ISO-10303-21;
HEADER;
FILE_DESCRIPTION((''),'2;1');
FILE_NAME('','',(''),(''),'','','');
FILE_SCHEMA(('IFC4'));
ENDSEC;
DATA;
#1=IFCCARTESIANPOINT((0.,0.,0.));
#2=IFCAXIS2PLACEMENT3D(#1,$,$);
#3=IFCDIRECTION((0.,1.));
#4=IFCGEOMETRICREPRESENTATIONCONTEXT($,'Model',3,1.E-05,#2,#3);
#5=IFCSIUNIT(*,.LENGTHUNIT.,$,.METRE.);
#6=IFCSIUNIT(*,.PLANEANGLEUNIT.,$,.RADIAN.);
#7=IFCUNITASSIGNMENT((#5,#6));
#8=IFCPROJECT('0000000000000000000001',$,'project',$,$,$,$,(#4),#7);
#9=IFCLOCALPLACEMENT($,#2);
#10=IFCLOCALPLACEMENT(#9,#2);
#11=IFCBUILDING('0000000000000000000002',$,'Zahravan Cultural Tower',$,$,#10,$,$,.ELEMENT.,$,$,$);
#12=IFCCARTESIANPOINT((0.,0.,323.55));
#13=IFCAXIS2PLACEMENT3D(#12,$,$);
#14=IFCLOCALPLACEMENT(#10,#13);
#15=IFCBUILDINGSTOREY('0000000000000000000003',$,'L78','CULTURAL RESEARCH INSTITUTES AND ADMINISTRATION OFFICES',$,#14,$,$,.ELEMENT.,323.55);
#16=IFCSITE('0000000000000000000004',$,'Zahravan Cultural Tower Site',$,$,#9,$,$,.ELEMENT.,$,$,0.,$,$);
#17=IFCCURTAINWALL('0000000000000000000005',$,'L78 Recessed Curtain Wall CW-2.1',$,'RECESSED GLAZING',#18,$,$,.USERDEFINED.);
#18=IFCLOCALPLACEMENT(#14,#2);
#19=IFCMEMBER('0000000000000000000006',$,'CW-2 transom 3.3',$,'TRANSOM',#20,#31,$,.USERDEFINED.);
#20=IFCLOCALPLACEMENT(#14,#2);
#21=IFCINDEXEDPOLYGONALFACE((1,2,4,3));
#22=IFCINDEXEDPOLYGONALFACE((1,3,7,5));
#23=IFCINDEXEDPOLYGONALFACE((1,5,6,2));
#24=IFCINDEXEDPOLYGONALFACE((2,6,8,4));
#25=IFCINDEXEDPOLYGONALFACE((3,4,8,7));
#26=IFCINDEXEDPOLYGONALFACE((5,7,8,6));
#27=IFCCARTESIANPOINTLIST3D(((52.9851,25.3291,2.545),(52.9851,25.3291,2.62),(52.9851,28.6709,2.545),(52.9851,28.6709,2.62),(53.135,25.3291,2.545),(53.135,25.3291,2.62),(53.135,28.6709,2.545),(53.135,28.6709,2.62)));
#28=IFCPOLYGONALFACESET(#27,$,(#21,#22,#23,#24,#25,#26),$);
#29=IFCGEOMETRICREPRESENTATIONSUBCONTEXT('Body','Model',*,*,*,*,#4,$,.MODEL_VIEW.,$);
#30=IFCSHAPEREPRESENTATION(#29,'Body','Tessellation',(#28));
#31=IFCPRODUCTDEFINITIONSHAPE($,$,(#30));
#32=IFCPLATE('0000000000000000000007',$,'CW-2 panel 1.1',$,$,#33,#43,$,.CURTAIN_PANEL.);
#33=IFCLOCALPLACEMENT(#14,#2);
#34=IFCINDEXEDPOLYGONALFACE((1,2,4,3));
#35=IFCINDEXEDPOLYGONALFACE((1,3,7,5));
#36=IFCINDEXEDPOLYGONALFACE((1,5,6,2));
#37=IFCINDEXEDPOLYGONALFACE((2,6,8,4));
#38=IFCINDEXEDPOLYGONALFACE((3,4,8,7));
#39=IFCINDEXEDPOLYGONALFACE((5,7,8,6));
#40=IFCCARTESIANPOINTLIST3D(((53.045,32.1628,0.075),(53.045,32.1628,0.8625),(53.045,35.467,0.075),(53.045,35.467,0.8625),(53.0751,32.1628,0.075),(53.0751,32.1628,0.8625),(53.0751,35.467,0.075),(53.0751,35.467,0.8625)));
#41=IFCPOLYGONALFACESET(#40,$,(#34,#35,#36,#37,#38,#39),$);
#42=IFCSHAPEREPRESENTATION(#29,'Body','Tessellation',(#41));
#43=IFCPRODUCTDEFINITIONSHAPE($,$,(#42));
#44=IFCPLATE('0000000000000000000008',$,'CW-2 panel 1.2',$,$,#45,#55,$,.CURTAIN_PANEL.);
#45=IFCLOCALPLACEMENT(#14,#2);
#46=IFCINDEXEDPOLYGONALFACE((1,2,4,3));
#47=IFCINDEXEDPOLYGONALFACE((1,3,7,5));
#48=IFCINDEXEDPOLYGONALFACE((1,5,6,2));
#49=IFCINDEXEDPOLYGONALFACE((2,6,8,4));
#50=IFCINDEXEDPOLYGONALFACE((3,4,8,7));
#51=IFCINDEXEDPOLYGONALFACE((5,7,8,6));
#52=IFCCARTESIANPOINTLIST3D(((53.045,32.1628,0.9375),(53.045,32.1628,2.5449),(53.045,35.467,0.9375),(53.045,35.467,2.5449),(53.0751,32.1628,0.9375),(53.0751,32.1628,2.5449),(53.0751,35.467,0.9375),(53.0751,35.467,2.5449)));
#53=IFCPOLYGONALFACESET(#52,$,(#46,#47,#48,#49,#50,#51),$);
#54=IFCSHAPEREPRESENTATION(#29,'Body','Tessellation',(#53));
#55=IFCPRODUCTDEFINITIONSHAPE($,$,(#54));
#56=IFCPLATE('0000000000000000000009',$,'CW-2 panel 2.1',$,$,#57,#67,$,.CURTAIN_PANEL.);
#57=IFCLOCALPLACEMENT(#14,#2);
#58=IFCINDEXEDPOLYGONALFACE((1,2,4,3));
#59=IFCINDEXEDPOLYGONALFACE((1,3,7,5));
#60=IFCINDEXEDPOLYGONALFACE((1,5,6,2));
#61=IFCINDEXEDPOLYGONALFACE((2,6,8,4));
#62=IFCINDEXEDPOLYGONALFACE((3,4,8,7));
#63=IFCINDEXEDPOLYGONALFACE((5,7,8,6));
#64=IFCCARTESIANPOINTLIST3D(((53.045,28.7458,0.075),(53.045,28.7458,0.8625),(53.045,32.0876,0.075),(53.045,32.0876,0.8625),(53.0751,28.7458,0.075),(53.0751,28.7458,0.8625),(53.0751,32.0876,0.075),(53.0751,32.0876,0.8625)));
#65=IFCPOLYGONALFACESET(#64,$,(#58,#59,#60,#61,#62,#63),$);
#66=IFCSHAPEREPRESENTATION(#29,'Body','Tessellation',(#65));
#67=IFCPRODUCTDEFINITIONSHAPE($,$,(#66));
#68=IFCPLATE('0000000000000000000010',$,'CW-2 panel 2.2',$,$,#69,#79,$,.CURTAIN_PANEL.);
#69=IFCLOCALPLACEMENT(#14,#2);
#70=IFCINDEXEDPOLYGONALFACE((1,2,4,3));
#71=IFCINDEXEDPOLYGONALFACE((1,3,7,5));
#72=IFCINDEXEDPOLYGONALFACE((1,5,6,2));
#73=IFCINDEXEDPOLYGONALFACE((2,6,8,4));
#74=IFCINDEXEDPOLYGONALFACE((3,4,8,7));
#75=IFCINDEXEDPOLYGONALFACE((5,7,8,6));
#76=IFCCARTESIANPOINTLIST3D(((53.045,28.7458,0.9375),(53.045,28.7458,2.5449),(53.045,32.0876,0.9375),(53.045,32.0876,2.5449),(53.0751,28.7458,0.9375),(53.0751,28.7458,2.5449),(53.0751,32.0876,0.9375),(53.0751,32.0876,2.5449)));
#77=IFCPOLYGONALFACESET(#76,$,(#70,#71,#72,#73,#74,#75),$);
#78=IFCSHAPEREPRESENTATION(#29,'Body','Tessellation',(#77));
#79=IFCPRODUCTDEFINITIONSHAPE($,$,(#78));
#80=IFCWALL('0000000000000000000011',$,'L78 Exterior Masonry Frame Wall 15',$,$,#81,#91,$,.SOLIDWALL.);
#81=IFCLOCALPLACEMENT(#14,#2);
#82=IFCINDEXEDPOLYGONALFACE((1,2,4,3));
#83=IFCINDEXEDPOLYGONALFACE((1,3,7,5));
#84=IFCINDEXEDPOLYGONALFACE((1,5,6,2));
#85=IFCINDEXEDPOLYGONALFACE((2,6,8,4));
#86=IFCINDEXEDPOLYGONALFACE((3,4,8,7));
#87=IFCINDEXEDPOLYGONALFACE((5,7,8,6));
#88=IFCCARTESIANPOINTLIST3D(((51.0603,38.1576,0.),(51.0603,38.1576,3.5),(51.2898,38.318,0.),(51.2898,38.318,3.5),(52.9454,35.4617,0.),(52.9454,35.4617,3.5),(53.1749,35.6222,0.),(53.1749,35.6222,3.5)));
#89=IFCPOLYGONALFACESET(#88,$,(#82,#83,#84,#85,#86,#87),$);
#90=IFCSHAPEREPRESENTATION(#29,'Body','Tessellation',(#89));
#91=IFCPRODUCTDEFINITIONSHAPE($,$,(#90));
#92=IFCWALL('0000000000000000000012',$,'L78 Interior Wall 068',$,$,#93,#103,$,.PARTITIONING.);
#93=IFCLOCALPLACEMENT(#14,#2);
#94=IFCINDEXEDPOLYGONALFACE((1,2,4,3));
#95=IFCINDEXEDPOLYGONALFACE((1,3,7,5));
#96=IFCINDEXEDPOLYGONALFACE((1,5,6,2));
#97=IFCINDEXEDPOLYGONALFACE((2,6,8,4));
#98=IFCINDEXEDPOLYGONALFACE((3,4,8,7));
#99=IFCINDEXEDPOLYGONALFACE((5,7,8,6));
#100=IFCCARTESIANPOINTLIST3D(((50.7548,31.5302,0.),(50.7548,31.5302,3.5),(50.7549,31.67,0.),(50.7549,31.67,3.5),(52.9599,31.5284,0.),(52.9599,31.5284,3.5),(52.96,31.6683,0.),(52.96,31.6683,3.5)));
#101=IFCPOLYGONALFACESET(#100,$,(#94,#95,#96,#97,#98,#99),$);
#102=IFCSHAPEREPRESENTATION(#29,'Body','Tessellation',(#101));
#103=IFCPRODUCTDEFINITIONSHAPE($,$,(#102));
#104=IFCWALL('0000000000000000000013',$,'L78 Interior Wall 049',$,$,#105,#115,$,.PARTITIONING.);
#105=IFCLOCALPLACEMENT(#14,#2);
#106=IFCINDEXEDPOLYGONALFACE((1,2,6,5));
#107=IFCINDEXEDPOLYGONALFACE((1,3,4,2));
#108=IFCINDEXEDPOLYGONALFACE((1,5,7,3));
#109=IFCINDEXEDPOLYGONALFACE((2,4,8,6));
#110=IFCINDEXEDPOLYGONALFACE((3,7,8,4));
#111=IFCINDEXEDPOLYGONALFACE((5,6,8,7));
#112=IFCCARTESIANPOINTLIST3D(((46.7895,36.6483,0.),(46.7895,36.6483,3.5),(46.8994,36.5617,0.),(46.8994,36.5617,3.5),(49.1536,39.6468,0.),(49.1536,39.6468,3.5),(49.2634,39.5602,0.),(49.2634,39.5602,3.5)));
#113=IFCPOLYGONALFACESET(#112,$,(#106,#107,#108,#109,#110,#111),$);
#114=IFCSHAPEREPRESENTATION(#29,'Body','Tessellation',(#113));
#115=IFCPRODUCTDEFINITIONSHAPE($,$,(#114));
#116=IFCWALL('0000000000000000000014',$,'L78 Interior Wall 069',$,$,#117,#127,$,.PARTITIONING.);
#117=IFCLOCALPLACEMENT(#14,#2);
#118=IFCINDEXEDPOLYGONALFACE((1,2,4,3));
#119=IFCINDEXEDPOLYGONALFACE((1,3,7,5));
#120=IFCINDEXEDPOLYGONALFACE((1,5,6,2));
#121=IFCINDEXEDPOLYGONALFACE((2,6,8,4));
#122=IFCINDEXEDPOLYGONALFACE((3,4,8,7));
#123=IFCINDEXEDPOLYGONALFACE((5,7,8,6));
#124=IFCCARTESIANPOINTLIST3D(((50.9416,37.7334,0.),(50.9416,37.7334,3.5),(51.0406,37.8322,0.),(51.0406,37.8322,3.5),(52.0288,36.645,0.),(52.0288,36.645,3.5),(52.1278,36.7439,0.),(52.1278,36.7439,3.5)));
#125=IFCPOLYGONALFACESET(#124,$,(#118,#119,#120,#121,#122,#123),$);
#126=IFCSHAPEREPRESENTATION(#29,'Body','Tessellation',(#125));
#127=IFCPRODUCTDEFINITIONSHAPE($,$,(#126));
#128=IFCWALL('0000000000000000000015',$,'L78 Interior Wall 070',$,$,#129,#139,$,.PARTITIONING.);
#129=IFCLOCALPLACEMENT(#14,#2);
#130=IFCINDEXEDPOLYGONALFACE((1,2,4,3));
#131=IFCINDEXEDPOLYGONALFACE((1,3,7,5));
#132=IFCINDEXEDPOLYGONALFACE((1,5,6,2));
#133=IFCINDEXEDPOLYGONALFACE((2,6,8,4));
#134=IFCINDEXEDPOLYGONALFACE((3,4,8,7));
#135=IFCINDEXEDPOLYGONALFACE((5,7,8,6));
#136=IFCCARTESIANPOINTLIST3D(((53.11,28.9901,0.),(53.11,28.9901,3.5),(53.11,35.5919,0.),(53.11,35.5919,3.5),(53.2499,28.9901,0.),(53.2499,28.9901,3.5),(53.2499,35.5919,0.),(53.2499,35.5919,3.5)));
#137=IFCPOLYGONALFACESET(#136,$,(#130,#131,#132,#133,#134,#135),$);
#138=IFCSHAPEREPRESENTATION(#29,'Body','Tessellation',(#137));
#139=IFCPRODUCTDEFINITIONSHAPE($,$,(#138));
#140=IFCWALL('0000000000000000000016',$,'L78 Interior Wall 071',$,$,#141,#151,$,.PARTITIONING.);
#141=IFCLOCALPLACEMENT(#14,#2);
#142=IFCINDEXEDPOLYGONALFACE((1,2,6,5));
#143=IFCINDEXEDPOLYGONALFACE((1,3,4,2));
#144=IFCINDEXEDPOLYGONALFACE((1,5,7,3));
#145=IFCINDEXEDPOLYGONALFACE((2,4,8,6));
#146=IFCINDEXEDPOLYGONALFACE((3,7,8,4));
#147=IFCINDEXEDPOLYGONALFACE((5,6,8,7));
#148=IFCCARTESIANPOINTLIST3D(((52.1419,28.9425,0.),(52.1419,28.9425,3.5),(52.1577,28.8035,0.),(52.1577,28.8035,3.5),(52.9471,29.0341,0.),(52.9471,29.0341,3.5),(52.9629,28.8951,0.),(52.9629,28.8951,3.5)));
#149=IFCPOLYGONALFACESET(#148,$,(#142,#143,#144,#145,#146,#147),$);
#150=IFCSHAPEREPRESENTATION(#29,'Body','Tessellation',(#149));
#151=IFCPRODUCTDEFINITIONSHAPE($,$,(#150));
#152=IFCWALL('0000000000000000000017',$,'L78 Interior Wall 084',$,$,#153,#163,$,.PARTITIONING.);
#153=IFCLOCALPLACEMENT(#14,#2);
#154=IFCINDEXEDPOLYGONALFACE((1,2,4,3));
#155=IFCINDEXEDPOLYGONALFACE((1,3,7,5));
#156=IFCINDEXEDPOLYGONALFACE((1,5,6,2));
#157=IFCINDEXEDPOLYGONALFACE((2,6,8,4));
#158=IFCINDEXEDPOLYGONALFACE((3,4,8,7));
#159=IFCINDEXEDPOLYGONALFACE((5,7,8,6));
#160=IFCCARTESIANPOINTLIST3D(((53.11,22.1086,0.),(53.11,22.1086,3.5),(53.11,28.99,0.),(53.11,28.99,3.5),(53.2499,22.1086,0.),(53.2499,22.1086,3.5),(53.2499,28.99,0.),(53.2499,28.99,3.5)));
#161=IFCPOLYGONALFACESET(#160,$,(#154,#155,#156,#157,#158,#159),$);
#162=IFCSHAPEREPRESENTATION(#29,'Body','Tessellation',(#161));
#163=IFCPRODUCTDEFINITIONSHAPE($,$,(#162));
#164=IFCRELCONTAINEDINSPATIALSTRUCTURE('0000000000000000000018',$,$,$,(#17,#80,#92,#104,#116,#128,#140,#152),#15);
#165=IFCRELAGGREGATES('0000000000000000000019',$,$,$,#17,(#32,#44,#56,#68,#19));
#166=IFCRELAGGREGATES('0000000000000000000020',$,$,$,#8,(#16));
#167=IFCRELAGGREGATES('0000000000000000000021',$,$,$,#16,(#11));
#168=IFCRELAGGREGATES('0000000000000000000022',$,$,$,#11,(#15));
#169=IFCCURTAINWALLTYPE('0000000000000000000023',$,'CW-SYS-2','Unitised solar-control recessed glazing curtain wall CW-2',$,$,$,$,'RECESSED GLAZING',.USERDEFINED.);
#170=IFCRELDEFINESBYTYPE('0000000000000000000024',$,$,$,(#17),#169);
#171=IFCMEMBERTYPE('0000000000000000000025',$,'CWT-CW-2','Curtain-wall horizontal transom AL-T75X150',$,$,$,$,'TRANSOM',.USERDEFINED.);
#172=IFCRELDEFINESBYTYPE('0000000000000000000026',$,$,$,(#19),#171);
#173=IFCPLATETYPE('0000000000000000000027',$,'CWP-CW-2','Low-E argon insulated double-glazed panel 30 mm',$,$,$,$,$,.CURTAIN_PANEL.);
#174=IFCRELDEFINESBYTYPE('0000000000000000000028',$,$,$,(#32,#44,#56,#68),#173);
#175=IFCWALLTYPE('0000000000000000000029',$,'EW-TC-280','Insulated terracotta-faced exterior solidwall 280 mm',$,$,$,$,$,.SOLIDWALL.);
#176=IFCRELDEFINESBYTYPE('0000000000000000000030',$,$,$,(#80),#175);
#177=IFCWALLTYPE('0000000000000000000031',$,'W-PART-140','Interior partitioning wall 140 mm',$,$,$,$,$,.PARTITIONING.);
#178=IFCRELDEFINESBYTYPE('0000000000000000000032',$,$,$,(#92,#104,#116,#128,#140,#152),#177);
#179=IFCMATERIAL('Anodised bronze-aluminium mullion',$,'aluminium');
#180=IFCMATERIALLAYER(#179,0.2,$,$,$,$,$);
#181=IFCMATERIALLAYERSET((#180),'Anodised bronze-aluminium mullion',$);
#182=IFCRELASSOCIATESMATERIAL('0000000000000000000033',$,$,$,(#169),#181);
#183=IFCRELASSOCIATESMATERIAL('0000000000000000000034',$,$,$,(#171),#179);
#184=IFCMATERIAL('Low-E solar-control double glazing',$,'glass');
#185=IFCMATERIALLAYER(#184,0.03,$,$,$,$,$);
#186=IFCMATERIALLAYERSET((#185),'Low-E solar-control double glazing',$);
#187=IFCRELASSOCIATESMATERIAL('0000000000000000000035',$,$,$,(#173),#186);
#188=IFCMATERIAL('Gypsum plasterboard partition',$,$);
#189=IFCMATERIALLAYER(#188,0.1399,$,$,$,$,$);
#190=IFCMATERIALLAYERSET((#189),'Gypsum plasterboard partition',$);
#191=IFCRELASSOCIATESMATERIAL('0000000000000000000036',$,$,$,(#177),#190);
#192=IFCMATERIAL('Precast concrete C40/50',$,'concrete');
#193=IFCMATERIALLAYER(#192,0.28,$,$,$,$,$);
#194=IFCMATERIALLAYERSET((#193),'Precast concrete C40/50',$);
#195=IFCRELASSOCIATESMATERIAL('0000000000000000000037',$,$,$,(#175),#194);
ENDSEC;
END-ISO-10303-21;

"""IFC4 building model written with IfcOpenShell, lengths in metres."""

from ifc_helpers import new_model, si_unit, direction, frame, frame_2d, origin, origin_2d, place, context, subcontext, project, spatial, rectangle, extrude, source, transform, mapped, material, layer, layer_set, material_profile, profile_set, type_object, element, aggregate, save


model = new_model("IFC4")

# Units and contexts
model_context = context("Model", 3, precision=1e-05, world=origin(), true_north=direction((0.0, 1.0)))
body_context = subcontext(model_context, "Body", "Model", "MODEL_VIEW")
ifc_project = project(units=[si_unit("LENGTHUNIT", "METRE"), si_unit("PLANEANGLEUNIT", "RADIAN")], contexts=[model_context])

# Site, building, storey
site_placement = place(None, origin())
site = spatial("IfcSite", under=ifc_project, at=site_placement, Name="Zahravan Cultural Tower Site", CompositionType="ELEMENT", RefElevation=0.0)
building_placement = place(site_placement, origin())
building = spatial("IfcBuilding", under=site, at=building_placement, Name="Zahravan Cultural Tower", CompositionType="ELEMENT")
storey_placement = place(building_placement, frame((0.0, 0.0, 323.55)))
storey = spatial("IfcBuildingStorey", under=building, at=storey_placement, Name="L78", Description="CULTURAL RESEARCH INSTITUTES AND ADMINISTRATION OFFICES", CompositionType="ELEMENT", Elevation=323.55)

# Curtain wall, member, plates
ifc_material_1 = material(Name="Anodised bronze-aluminium mullion", Category="aluminium")
ifc_layer_1 = layer(ifc_material_1, 0.2)
ifc_layer_set_1 = layer_set([ifc_layer_1], Name="Anodised bronze-aluminium mullion")
curtain_wall_type = type_object("IfcCurtainWallType", Name="CW-SYS-2", Description="Unitised solar-control recessed glazing curtain wall CW-2", ElementType="RECESSED GLAZING", PredefinedType="USERDEFINED", material=ifc_layer_set_1)
curtain_wall_placement = place(storey_placement, origin())
curtain_wall = element("IfcCurtainWall", 1, at=curtain_wall_placement, inside=storey, type_object=curtain_wall_type, Name="L78 Recessed Curtain Wall CW-2.1", ObjectType="RECESSED GLAZING", PredefinedType="USERDEFINED")
ifc_material_profile_1 = material_profile(ifc_material_1, rectangle(XDim=0.1499, YDim=0.075, at=origin_2d()), Name="AL-T75X150")
ifc_profile_set_1 = profile_set([ifc_material_profile_1], Name="Anodised bronze-aluminium mullion")
member_type_1 = type_object("IfcMemberType", Name="CWT-CW-2", Description="Curtain-wall horizontal transom AL-T75X150", ElementType="TRANSOM", PredefinedType="USERDEFINED", material=ifc_profile_set_1)
shared_shape_1 = source(origin(), body_context, "Body", "SweptSolid", [
    extrude(rectangle(XDim=0.1499, YDim=0.075, at=origin_2d()), origin(), (0.0, 0.0, 1.0), 3.3418),
])
member_1_placement = place(storey_placement, frame((53.0601, 28.6709, 2.5825), z_axis=(0.0, -1.0, 0.0), x_axis=(1.0, 0.0, 0.0)))
member_1 = element("IfcMember", 2, at=member_1_placement, type_object=member_type_1, Name="CW-2 transom 3.3", ObjectType="TRANSOM", PredefinedType="USERDEFINED", context=body_context, shape_type="MappedRepresentation", body=[
    mapped(shared_shape_1, transform((0.0, 0.0, 0.0), x_axis=(1.0, 0.0, 0.0), y_axis=(0.0, 1.0, 0.0), z_axis=(0.0, 0.0, 1.0), scale=1.0)),
])
ifc_material_2 = material(Name="Low-E solar-control double glazing", Category="glass")
ifc_layer_2 = layer(ifc_material_2, 0.03)
ifc_layer_set_2 = layer_set([ifc_layer_2], Name="Low-E solar-control double glazing")
plate_type = type_object("IfcPlateType", Name="CWP-CW-2", Description="Low-E argon insulated double-glazed panel 30 mm", PredefinedType="CURTAIN_PANEL", material=ifc_layer_set_2)
shared_shape_2 = source(origin(), body_context, "Body", "SweptSolid", [
    extrude(rectangle(XDim=3.3042, YDim=0.03, at=origin_2d()), origin(), (0.0, 0.0, 1.0), 0.7876),
])
plate_1_placement = place(storey_placement, frame((53.0601, 33.8149, 0.075), z_axis=(0.0, 0.0, 1.0), x_axis=(0.0, -1.0, 0.0)))
plate_1 = element("IfcPlate", 3, at=plate_1_placement, type_object=plate_type, Name="CW-2 panel 1.1", PredefinedType="CURTAIN_PANEL", context=body_context, shape_type="MappedRepresentation", body=[
    mapped(shared_shape_2, transform((0.0, 0.0, 0.0), x_axis=(1.0, 0.0, 0.0), y_axis=(0.0, 1.0, 0.0), z_axis=(0.0, 0.0, 1.0), scale=1.0)),
])
shared_shape_3 = source(origin(), body_context, "Body", "SweptSolid", [
    extrude(rectangle(XDim=3.3042, YDim=0.03, at=origin_2d()), origin(), (0.0, 0.0, 1.0), 1.6074),
])
plate_2_placement = place(storey_placement, frame((53.0601, 33.8149, 0.9375), z_axis=(0.0, 0.0, 1.0), x_axis=(0.0, -1.0, 0.0)))
plate_2 = element("IfcPlate", 4, at=plate_2_placement, type_object=plate_type, Name="CW-2 panel 1.2", PredefinedType="CURTAIN_PANEL", context=body_context, shape_type="MappedRepresentation", body=[
    mapped(shared_shape_3, transform((0.0, 0.0, 0.0), x_axis=(1.0, 0.0, 0.0), y_axis=(0.0, 1.0, 0.0), z_axis=(0.0, 0.0, 1.0), scale=1.0)),
])
shared_shape_4 = source(origin(), body_context, "Body", "SweptSolid", [
    extrude(rectangle(XDim=3.3418, YDim=0.03, at=origin_2d()), origin(), (0.0, 0.0, 1.0), 0.7876),
])
plate_3_placement = place(storey_placement, frame((53.0601, 30.4167, 0.075), z_axis=(0.0, 0.0, 1.0), x_axis=(0.0, -1.0, 0.0)))
plate_3 = element("IfcPlate", 5, at=plate_3_placement, type_object=plate_type, Name="CW-2 panel 2.1", PredefinedType="CURTAIN_PANEL", context=body_context, shape_type="MappedRepresentation", body=[
    mapped(shared_shape_4, transform((0.0, 0.0, 0.0), x_axis=(1.0, 0.0, 0.0), y_axis=(0.0, 1.0, 0.0), z_axis=(0.0, 0.0, 1.0), scale=1.0)),
])
shared_shape_5 = source(origin(), body_context, "Body", "SweptSolid", [
    extrude(rectangle(XDim=3.3418, YDim=0.03, at=origin_2d()), origin(), (0.0, 0.0, 1.0), 1.6074),
])
plate_4_placement = place(storey_placement, frame((53.0601, 30.4167, 0.9375), z_axis=(0.0, 0.0, 1.0), x_axis=(0.0, -1.0, 0.0)))
plate_4 = element("IfcPlate", 6, at=plate_4_placement, type_object=plate_type, Name="CW-2 panel 2.2", PredefinedType="CURTAIN_PANEL", context=body_context, shape_type="MappedRepresentation", body=[
    mapped(shared_shape_5, transform((0.0, 0.0, 0.0), x_axis=(1.0, 0.0, 0.0), y_axis=(0.0, 1.0, 0.0), z_axis=(0.0, 0.0, 1.0), scale=1.0)),
])
aggregate(curtain_wall, [plate_1, plate_2, plate_3, plate_4, member_1])

# Shared definitions
ifc_material_3 = material(Name="Gypsum plasterboard partition")
ifc_layer_3 = layer(ifc_material_3, 0.1399)
ifc_layer_set_3 = layer_set([ifc_layer_3], Name="Gypsum plasterboard partition")
wall_type_1 = type_object("IfcWallType", Name="W-PART-140", Description="Interior partitioning wall 140 mm", PredefinedType="PARTITIONING", material=ifc_layer_set_3)

# Walls
ifc_material_4 = material(Name="Precast concrete C40/50", Category="concrete")
ifc_layer_4 = layer(ifc_material_4, 0.28)
ifc_layer_set_4 = layer_set([ifc_layer_4], Name="Precast concrete C40/50")
wall_type_2 = type_object("IfcWallType", Name="EW-TC-280", Description="Insulated terracotta-faced exterior solidwall 280 mm", PredefinedType="SOLIDWALL", material=ifc_layer_set_4)
shared_shape_6 = source(origin(), body_context, "Body", "SweptSolid", [
    extrude(rectangle(XDim=3.2896, YDim=0.28, at=frame_2d((1.6448, 0.0))), origin(), (0.0, 0.0, 1.0), 3.5),
])
wall_1_placement = place(storey_placement, frame((51.175, 38.2378, 0.0), z_axis=(0.0, 0.0, 1.0), x_axis=(0.573044, -0.819525, 0.0)))
element("IfcWall", 7, at=wall_1_placement, inside=storey, type_object=wall_type_2, Name="L78 Exterior Masonry Frame Wall 15", PredefinedType="SOLIDWALL", context=body_context, shape_type="MappedRepresentation", body=[
    mapped(shared_shape_6, transform((0.0, 0.0, 0.0), x_axis=(1.0, 0.0, 0.0), y_axis=(0.0, 1.0, 0.0), z_axis=(0.0, 0.0, 1.0), scale=1.0)),
])
shared_shape_7 = source(origin(), body_context, "Body", "SweptSolid", [
    extrude(rectangle(XDim=2.2051, YDim=0.1399, at=frame_2d((1.1025, 0.0))), origin(), (0.0, 0.0, 1.0), 3.5),
])
wall_2_placement = place(storey_placement, frame((52.96, 31.5984, 0.0), z_axis=(0.0, 0.0, 1.0), x_axis=(-1.0, 0.000775, 0.0)))
element("IfcWall", 8, at=wall_2_placement, inside=storey, type_object=wall_type_1, Name="L78 Interior Wall 068", PredefinedType="PARTITIONING", context=body_context, shape_type="MappedRepresentation", body=[
    mapped(shared_shape_7, transform((0.0, 0.0, 0.0), x_axis=(1.0, 0.0, 0.0), y_axis=(0.0, 1.0, 0.0), z_axis=(0.0, 0.0, 1.0), scale=1.0)),
])
shared_shape_8 = source(origin(), body_context, "Body", "SweptSolid", [
    extrude(rectangle(XDim=3.8184, YDim=0.1399, at=frame_2d((1.9092, 0.0))), origin(), (0.0, 0.0, 1.0), 3.5),
])
wall_3_placement = place(storey_placement, frame((49.2085, 39.6035, 0.0), z_axis=(0.0, 0.0, 1.0), x_axis=(-0.61912, -0.785297, 0.0)))
element("IfcWall", 9, at=wall_3_placement, inside=storey, type_object=wall_type_1, Name="L78 Interior Wall 049", PredefinedType="PARTITIONING", context=body_context, shape_type="MappedRepresentation", body=[
    mapped(shared_shape_8, transform((0.0, 0.0, 0.0), x_axis=(1.0, 0.0, 0.0), y_axis=(0.0, 1.0, 0.0), z_axis=(0.0, 0.0, 1.0), scale=1.0)),
])
shared_shape_9 = source(origin(), body_context, "Body", "SweptSolid", [
    extrude(rectangle(XDim=1.5383, YDim=0.1399, at=frame_2d((0.769, 0.0))), origin(), (0.0, 0.0, 1.0), 3.5),
])
wall_4_placement = place(storey_placement, frame((50.9912, 37.7827, 0.0), z_axis=(0.0, 0.0, 1.0), x_axis=(0.70671, -0.707503, 0.0)))
element("IfcWall", 10, at=wall_4_placement, inside=storey, type_object=wall_type_1, Name="L78 Interior Wall 069", PredefinedType="PARTITIONING", context=body_context, shape_type="MappedRepresentation", body=[
    mapped(shared_shape_9, transform((0.0, 0.0, 0.0), x_axis=(1.0, 0.0, 0.0), y_axis=(0.0, 1.0, 0.0), z_axis=(0.0, 0.0, 1.0), scale=1.0)),
])
shared_shape_10 = source(origin(), body_context, "Body", "SweptSolid", [
    extrude(rectangle(XDim=6.6018, YDim=0.1399, at=frame_2d((3.3008, 0.0))), origin(), (0.0, 0.0, 1.0), 3.5),
])
wall_5_placement = place(storey_placement, frame((53.1799, 35.5918, 0.0), z_axis=(0.0, 0.0, 1.0), x_axis=(0.0, -1.0, 0.0)))
element("IfcWall", 11, at=wall_5_placement, inside=storey, type_object=wall_type_1, Name="L78 Interior Wall 070", PredefinedType="PARTITIONING", context=body_context, shape_type="MappedRepresentation", body=[
    mapped(shared_shape_10, transform((0.0, 0.0, 0.0), x_axis=(1.0, 0.0, 0.0), y_axis=(0.0, 1.0, 0.0), z_axis=(0.0, 0.0, 1.0), scale=1.0)),
])
shared_shape_11 = source(origin(), body_context, "Body", "SweptSolid", [
    extrude(rectangle(XDim=0.8103, YDim=0.1399, at=frame_2d((0.4053, 0.0))), origin(), (0.0, 0.0, 1.0), 3.5),
])
wall_6_placement = place(storey_placement, frame((52.9551, 28.9646, 0.0), z_axis=(0.0, 0.0, 1.0), x_axis=(-0.993598, -0.112977, 0.0)))
element("IfcWall", 12, at=wall_6_placement, inside=storey, type_object=wall_type_1, Name="L78 Interior Wall 071", PredefinedType="PARTITIONING", context=body_context, shape_type="MappedRepresentation", body=[
    mapped(shared_shape_11, transform((0.0, 0.0, 0.0), x_axis=(1.0, 0.0, 0.0), y_axis=(0.0, 1.0, 0.0), z_axis=(0.0, 0.0, 1.0), scale=1.0)),
])
shared_shape_12 = source(origin(), body_context, "Body", "SweptSolid", [
    extrude(rectangle(XDim=6.8813, YDim=0.1399, at=frame_2d((3.4407, 0.0))), origin(), (0.0, 0.0, 1.0), 3.5),
])
wall_7_placement = place(storey_placement, frame((53.1799, 28.99, 0.0), z_axis=(0.0, 0.0, 1.0), x_axis=(0.0, -1.0, 0.0)))
element("IfcWall", 13, at=wall_7_placement, inside=storey, type_object=wall_type_1, Name="L78 Interior Wall 084", PredefinedType="PARTITIONING", context=body_context, shape_type="MappedRepresentation", body=[
    mapped(shared_shape_12, transform((0.0, 0.0, 0.0), x_axis=(1.0, 0.0, 0.0), y_axis=(0.0, 1.0, 0.0), z_axis=(0.0, 0.0, 1.0), scale=1.0)),
])

save(model, "model.ifc")
